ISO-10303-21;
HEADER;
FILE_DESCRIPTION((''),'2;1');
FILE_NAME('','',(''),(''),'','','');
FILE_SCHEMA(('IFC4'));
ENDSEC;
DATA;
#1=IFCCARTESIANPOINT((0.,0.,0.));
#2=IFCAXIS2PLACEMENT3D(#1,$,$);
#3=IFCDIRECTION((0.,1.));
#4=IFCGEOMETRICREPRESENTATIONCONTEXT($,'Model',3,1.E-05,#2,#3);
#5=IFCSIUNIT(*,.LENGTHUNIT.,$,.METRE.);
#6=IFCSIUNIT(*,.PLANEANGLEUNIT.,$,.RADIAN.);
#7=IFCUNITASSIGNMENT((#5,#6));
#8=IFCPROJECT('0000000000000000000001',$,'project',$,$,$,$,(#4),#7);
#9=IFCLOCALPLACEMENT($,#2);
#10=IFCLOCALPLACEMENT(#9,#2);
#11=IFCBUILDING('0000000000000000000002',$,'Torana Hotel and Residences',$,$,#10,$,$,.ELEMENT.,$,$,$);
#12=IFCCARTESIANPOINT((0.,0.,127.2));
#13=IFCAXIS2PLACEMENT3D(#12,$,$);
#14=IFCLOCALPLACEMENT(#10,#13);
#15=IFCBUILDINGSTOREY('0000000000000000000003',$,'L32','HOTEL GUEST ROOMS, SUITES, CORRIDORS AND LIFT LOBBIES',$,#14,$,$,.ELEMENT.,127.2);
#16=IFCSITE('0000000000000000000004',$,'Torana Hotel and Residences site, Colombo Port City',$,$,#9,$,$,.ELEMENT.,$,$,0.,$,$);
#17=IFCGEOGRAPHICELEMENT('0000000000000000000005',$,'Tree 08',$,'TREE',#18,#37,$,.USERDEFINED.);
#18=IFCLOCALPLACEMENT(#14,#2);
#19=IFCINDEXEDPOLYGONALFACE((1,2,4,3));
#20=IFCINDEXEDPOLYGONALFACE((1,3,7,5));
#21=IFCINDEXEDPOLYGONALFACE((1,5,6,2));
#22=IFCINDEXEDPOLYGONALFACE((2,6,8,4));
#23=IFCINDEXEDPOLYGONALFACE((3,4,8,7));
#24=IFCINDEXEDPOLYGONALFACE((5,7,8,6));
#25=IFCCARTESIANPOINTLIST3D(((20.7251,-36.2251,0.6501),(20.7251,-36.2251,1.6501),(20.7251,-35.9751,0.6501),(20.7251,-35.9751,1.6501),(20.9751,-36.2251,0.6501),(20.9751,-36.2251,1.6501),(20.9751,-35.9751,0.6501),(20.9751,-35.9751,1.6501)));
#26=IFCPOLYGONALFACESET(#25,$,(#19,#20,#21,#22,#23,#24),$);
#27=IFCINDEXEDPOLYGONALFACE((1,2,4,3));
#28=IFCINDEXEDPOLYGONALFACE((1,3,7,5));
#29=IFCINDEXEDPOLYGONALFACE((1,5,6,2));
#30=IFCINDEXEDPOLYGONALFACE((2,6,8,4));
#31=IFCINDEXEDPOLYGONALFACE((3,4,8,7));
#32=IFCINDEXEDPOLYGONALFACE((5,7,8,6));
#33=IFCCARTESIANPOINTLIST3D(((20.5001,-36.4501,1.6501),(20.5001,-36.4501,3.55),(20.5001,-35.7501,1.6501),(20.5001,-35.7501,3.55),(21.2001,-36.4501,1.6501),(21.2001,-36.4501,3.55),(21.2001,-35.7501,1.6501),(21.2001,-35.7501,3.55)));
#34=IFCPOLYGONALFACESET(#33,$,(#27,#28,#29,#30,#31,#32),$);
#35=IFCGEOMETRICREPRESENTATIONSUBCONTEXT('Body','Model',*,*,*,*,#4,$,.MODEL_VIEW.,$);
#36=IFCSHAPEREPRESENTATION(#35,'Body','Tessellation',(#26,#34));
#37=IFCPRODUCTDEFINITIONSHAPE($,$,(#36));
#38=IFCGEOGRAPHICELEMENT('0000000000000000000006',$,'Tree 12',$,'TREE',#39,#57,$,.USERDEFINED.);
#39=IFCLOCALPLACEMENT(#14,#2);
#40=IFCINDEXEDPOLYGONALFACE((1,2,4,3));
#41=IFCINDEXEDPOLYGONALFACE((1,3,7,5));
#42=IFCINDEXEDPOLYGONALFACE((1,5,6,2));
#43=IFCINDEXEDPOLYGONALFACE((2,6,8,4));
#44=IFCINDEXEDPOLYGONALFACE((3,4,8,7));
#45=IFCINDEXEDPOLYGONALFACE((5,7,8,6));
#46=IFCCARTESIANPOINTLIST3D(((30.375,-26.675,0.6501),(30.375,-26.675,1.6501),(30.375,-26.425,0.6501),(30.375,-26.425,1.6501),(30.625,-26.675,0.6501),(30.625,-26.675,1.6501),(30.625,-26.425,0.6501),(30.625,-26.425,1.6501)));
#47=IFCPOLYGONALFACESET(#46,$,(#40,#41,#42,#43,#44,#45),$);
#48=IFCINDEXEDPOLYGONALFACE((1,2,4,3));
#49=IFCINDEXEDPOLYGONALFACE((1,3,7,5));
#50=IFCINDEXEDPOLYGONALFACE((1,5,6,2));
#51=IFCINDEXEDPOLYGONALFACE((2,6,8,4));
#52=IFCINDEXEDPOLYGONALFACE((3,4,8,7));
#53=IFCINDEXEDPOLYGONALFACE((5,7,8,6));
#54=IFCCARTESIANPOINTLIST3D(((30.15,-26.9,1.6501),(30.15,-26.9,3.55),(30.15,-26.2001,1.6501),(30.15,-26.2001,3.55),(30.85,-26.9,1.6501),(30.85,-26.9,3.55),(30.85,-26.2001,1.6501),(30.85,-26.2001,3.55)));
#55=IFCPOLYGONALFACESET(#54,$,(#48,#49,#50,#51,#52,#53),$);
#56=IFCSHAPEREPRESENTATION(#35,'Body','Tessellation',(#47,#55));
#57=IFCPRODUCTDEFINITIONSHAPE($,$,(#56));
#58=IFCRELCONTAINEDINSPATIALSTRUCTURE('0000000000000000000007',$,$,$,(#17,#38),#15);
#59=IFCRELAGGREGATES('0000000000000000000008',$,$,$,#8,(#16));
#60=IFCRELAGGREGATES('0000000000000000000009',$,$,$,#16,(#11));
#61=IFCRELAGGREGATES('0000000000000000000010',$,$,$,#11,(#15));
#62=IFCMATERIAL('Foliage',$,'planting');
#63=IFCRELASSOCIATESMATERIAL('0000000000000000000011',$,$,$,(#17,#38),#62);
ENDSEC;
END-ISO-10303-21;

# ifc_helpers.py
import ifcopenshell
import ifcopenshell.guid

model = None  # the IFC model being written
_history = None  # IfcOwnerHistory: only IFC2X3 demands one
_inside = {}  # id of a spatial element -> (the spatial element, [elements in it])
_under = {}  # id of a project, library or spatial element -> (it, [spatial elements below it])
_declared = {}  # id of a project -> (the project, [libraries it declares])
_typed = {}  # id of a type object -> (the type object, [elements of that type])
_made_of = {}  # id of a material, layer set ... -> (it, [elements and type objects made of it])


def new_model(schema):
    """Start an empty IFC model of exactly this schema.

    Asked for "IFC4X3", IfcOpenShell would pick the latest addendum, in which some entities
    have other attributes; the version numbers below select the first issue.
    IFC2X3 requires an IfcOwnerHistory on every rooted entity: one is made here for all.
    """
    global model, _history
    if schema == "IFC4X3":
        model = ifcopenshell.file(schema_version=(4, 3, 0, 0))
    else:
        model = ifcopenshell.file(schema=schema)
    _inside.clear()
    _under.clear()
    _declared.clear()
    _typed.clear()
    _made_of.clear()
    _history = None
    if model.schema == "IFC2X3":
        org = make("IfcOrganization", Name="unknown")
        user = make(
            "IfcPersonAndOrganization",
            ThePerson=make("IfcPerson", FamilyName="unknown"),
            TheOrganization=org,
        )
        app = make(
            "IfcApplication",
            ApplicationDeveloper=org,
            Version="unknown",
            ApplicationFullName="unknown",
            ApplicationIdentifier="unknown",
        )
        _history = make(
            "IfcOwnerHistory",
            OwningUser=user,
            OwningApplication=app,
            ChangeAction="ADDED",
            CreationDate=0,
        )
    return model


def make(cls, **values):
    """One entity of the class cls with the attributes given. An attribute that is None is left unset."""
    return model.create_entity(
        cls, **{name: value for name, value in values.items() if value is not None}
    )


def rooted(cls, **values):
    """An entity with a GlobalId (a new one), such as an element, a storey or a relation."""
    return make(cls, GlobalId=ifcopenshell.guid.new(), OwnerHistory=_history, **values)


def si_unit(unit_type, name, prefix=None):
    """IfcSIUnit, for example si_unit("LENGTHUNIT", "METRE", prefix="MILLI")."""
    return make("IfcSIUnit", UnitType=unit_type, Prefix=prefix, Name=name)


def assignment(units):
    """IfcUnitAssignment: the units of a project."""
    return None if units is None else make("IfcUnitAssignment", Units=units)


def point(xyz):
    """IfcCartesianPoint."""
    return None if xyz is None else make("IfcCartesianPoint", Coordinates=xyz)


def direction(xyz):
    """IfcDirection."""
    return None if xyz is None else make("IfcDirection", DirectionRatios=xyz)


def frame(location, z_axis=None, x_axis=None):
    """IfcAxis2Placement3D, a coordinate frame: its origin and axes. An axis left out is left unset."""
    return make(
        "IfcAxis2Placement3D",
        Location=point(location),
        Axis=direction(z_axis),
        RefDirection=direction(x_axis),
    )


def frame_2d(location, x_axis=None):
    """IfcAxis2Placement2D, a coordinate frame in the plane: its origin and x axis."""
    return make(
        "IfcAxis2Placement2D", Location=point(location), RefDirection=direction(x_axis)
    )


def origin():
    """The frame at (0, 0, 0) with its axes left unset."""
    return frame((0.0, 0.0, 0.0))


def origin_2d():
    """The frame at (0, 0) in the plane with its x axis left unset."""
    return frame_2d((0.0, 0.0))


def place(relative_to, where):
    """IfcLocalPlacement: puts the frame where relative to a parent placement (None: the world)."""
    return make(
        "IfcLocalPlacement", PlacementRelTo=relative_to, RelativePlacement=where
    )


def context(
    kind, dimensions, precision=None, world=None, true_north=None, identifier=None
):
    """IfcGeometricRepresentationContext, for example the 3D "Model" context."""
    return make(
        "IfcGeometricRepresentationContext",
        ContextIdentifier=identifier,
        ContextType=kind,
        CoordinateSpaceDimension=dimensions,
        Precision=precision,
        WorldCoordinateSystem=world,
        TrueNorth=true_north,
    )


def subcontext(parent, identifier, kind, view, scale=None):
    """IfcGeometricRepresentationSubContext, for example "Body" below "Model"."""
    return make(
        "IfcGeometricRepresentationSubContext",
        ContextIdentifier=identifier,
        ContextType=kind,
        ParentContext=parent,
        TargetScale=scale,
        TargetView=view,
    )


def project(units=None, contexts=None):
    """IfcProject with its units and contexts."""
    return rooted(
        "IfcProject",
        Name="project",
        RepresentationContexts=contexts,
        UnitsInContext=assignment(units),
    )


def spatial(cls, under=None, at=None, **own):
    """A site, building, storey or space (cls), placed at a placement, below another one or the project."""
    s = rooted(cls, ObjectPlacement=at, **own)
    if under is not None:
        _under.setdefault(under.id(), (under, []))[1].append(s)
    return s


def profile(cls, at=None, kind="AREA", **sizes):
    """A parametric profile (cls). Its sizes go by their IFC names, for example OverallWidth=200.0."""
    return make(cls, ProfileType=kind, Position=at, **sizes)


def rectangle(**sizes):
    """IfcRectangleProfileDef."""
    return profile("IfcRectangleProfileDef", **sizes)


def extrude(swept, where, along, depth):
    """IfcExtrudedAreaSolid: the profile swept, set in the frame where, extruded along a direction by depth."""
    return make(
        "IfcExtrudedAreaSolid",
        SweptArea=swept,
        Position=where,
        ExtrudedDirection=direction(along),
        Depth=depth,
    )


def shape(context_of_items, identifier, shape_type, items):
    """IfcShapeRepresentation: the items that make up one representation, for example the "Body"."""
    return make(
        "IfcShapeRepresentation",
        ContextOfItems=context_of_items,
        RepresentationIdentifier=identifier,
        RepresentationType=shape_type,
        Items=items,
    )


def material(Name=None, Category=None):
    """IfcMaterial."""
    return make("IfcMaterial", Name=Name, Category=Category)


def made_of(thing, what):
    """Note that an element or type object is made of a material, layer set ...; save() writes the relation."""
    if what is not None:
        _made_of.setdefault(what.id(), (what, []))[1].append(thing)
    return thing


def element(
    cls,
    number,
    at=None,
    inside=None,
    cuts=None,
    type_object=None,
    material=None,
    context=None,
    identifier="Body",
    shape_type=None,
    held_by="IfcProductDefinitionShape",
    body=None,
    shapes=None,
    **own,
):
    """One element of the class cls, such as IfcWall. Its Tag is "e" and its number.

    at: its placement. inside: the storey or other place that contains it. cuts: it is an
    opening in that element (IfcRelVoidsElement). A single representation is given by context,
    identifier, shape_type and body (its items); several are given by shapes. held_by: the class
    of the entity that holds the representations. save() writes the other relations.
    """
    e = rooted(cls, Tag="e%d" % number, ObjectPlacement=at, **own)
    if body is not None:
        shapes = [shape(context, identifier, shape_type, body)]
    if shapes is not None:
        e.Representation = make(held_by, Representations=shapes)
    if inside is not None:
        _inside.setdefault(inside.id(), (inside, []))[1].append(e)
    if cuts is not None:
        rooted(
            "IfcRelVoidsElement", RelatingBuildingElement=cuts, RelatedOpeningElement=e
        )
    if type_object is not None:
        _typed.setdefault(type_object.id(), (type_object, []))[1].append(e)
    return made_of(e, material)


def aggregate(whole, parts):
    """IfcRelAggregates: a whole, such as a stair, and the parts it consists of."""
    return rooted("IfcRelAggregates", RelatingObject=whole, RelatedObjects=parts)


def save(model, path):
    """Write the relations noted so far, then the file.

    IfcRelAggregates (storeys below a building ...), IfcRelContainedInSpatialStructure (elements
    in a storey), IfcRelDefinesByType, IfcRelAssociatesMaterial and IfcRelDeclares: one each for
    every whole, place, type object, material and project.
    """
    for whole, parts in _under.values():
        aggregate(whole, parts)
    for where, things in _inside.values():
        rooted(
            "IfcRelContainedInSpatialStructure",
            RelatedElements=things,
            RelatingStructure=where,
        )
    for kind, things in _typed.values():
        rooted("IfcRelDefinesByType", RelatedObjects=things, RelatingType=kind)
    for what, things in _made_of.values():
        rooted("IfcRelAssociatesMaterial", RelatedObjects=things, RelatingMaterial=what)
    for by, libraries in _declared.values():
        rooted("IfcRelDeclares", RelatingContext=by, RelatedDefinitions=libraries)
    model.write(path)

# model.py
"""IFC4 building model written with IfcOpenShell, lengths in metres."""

from ifc_helpers import new_model, si_unit, direction, frame, origin, origin_2d, place, context, subcontext, project, spatial, rectangle, extrude, material, element, save


model = new_model("IFC4")

# Units and contexts
model_context = context("Model", 3, precision=1e-05, world=origin(), true_north=direction((0.0, 1.0)))
body_context = subcontext(model_context, "Body", "Model", "MODEL_VIEW")
ifc_project = project(units=[si_unit("LENGTHUNIT", "METRE"), si_unit("PLANEANGLEUNIT", "RADIAN")], contexts=[model_context])

# Site, building, storey
site_placement = place(None, origin())
site = spatial("IfcSite", under=ifc_project, at=site_placement, Name="Torana Hotel and Residences site, Colombo Port City", CompositionType="ELEMENT", RefElevation=0.0)
building_placement = place(site_placement, origin())
building = spatial("IfcBuilding", under=site, at=building_placement, Name="Torana Hotel and Residences", CompositionType="ELEMENT")
storey_placement = place(building_placement, frame((0.0, 0.0, 127.2)))
storey = spatial("IfcBuildingStorey", under=building, at=storey_placement, Name="L32", Description="HOTEL GUEST ROOMS, SUITES, CORRIDORS AND LIFT LOBBIES", CompositionType="ELEMENT", Elevation=127.2)

# Geographic elements
ifc_material_1 = material(Name="Foliage", Category="planting")
for number, where, z_axis, x_axis, name in (
    (1, (20.8501, -36.1001, 0.6501), (0.0, 0.0, 1.0), (1.0, 0.0, 0.0), "Tree 08"),
    (2, (30.5, -26.55, 0.6501), (0.0, 0.0, 1.0), (1.0, 0.0, 0.0), "Tree 12"),
):
    element("IfcGeographicElement", number, at=place(storey_placement, frame(where, z_axis=z_axis, x_axis=x_axis)), inside=storey, material=ifc_material_1, Name=name, ObjectType="TREE", PredefinedType="USERDEFINED", context=body_context, shape_type="SweptSolid", body=[
        extrude(rectangle(XDim=0.25, YDim=0.25, at=origin_2d()), origin(), (0.0, 0.0, 1.0), 1.0),
        extrude(rectangle(XDim=0.7, YDim=0.7, at=origin_2d()), frame((0.0, 0.0, 1.0)), (0.0, 0.0, 1.0), 1.8999),
    ])

save(model, "model.ifc")
